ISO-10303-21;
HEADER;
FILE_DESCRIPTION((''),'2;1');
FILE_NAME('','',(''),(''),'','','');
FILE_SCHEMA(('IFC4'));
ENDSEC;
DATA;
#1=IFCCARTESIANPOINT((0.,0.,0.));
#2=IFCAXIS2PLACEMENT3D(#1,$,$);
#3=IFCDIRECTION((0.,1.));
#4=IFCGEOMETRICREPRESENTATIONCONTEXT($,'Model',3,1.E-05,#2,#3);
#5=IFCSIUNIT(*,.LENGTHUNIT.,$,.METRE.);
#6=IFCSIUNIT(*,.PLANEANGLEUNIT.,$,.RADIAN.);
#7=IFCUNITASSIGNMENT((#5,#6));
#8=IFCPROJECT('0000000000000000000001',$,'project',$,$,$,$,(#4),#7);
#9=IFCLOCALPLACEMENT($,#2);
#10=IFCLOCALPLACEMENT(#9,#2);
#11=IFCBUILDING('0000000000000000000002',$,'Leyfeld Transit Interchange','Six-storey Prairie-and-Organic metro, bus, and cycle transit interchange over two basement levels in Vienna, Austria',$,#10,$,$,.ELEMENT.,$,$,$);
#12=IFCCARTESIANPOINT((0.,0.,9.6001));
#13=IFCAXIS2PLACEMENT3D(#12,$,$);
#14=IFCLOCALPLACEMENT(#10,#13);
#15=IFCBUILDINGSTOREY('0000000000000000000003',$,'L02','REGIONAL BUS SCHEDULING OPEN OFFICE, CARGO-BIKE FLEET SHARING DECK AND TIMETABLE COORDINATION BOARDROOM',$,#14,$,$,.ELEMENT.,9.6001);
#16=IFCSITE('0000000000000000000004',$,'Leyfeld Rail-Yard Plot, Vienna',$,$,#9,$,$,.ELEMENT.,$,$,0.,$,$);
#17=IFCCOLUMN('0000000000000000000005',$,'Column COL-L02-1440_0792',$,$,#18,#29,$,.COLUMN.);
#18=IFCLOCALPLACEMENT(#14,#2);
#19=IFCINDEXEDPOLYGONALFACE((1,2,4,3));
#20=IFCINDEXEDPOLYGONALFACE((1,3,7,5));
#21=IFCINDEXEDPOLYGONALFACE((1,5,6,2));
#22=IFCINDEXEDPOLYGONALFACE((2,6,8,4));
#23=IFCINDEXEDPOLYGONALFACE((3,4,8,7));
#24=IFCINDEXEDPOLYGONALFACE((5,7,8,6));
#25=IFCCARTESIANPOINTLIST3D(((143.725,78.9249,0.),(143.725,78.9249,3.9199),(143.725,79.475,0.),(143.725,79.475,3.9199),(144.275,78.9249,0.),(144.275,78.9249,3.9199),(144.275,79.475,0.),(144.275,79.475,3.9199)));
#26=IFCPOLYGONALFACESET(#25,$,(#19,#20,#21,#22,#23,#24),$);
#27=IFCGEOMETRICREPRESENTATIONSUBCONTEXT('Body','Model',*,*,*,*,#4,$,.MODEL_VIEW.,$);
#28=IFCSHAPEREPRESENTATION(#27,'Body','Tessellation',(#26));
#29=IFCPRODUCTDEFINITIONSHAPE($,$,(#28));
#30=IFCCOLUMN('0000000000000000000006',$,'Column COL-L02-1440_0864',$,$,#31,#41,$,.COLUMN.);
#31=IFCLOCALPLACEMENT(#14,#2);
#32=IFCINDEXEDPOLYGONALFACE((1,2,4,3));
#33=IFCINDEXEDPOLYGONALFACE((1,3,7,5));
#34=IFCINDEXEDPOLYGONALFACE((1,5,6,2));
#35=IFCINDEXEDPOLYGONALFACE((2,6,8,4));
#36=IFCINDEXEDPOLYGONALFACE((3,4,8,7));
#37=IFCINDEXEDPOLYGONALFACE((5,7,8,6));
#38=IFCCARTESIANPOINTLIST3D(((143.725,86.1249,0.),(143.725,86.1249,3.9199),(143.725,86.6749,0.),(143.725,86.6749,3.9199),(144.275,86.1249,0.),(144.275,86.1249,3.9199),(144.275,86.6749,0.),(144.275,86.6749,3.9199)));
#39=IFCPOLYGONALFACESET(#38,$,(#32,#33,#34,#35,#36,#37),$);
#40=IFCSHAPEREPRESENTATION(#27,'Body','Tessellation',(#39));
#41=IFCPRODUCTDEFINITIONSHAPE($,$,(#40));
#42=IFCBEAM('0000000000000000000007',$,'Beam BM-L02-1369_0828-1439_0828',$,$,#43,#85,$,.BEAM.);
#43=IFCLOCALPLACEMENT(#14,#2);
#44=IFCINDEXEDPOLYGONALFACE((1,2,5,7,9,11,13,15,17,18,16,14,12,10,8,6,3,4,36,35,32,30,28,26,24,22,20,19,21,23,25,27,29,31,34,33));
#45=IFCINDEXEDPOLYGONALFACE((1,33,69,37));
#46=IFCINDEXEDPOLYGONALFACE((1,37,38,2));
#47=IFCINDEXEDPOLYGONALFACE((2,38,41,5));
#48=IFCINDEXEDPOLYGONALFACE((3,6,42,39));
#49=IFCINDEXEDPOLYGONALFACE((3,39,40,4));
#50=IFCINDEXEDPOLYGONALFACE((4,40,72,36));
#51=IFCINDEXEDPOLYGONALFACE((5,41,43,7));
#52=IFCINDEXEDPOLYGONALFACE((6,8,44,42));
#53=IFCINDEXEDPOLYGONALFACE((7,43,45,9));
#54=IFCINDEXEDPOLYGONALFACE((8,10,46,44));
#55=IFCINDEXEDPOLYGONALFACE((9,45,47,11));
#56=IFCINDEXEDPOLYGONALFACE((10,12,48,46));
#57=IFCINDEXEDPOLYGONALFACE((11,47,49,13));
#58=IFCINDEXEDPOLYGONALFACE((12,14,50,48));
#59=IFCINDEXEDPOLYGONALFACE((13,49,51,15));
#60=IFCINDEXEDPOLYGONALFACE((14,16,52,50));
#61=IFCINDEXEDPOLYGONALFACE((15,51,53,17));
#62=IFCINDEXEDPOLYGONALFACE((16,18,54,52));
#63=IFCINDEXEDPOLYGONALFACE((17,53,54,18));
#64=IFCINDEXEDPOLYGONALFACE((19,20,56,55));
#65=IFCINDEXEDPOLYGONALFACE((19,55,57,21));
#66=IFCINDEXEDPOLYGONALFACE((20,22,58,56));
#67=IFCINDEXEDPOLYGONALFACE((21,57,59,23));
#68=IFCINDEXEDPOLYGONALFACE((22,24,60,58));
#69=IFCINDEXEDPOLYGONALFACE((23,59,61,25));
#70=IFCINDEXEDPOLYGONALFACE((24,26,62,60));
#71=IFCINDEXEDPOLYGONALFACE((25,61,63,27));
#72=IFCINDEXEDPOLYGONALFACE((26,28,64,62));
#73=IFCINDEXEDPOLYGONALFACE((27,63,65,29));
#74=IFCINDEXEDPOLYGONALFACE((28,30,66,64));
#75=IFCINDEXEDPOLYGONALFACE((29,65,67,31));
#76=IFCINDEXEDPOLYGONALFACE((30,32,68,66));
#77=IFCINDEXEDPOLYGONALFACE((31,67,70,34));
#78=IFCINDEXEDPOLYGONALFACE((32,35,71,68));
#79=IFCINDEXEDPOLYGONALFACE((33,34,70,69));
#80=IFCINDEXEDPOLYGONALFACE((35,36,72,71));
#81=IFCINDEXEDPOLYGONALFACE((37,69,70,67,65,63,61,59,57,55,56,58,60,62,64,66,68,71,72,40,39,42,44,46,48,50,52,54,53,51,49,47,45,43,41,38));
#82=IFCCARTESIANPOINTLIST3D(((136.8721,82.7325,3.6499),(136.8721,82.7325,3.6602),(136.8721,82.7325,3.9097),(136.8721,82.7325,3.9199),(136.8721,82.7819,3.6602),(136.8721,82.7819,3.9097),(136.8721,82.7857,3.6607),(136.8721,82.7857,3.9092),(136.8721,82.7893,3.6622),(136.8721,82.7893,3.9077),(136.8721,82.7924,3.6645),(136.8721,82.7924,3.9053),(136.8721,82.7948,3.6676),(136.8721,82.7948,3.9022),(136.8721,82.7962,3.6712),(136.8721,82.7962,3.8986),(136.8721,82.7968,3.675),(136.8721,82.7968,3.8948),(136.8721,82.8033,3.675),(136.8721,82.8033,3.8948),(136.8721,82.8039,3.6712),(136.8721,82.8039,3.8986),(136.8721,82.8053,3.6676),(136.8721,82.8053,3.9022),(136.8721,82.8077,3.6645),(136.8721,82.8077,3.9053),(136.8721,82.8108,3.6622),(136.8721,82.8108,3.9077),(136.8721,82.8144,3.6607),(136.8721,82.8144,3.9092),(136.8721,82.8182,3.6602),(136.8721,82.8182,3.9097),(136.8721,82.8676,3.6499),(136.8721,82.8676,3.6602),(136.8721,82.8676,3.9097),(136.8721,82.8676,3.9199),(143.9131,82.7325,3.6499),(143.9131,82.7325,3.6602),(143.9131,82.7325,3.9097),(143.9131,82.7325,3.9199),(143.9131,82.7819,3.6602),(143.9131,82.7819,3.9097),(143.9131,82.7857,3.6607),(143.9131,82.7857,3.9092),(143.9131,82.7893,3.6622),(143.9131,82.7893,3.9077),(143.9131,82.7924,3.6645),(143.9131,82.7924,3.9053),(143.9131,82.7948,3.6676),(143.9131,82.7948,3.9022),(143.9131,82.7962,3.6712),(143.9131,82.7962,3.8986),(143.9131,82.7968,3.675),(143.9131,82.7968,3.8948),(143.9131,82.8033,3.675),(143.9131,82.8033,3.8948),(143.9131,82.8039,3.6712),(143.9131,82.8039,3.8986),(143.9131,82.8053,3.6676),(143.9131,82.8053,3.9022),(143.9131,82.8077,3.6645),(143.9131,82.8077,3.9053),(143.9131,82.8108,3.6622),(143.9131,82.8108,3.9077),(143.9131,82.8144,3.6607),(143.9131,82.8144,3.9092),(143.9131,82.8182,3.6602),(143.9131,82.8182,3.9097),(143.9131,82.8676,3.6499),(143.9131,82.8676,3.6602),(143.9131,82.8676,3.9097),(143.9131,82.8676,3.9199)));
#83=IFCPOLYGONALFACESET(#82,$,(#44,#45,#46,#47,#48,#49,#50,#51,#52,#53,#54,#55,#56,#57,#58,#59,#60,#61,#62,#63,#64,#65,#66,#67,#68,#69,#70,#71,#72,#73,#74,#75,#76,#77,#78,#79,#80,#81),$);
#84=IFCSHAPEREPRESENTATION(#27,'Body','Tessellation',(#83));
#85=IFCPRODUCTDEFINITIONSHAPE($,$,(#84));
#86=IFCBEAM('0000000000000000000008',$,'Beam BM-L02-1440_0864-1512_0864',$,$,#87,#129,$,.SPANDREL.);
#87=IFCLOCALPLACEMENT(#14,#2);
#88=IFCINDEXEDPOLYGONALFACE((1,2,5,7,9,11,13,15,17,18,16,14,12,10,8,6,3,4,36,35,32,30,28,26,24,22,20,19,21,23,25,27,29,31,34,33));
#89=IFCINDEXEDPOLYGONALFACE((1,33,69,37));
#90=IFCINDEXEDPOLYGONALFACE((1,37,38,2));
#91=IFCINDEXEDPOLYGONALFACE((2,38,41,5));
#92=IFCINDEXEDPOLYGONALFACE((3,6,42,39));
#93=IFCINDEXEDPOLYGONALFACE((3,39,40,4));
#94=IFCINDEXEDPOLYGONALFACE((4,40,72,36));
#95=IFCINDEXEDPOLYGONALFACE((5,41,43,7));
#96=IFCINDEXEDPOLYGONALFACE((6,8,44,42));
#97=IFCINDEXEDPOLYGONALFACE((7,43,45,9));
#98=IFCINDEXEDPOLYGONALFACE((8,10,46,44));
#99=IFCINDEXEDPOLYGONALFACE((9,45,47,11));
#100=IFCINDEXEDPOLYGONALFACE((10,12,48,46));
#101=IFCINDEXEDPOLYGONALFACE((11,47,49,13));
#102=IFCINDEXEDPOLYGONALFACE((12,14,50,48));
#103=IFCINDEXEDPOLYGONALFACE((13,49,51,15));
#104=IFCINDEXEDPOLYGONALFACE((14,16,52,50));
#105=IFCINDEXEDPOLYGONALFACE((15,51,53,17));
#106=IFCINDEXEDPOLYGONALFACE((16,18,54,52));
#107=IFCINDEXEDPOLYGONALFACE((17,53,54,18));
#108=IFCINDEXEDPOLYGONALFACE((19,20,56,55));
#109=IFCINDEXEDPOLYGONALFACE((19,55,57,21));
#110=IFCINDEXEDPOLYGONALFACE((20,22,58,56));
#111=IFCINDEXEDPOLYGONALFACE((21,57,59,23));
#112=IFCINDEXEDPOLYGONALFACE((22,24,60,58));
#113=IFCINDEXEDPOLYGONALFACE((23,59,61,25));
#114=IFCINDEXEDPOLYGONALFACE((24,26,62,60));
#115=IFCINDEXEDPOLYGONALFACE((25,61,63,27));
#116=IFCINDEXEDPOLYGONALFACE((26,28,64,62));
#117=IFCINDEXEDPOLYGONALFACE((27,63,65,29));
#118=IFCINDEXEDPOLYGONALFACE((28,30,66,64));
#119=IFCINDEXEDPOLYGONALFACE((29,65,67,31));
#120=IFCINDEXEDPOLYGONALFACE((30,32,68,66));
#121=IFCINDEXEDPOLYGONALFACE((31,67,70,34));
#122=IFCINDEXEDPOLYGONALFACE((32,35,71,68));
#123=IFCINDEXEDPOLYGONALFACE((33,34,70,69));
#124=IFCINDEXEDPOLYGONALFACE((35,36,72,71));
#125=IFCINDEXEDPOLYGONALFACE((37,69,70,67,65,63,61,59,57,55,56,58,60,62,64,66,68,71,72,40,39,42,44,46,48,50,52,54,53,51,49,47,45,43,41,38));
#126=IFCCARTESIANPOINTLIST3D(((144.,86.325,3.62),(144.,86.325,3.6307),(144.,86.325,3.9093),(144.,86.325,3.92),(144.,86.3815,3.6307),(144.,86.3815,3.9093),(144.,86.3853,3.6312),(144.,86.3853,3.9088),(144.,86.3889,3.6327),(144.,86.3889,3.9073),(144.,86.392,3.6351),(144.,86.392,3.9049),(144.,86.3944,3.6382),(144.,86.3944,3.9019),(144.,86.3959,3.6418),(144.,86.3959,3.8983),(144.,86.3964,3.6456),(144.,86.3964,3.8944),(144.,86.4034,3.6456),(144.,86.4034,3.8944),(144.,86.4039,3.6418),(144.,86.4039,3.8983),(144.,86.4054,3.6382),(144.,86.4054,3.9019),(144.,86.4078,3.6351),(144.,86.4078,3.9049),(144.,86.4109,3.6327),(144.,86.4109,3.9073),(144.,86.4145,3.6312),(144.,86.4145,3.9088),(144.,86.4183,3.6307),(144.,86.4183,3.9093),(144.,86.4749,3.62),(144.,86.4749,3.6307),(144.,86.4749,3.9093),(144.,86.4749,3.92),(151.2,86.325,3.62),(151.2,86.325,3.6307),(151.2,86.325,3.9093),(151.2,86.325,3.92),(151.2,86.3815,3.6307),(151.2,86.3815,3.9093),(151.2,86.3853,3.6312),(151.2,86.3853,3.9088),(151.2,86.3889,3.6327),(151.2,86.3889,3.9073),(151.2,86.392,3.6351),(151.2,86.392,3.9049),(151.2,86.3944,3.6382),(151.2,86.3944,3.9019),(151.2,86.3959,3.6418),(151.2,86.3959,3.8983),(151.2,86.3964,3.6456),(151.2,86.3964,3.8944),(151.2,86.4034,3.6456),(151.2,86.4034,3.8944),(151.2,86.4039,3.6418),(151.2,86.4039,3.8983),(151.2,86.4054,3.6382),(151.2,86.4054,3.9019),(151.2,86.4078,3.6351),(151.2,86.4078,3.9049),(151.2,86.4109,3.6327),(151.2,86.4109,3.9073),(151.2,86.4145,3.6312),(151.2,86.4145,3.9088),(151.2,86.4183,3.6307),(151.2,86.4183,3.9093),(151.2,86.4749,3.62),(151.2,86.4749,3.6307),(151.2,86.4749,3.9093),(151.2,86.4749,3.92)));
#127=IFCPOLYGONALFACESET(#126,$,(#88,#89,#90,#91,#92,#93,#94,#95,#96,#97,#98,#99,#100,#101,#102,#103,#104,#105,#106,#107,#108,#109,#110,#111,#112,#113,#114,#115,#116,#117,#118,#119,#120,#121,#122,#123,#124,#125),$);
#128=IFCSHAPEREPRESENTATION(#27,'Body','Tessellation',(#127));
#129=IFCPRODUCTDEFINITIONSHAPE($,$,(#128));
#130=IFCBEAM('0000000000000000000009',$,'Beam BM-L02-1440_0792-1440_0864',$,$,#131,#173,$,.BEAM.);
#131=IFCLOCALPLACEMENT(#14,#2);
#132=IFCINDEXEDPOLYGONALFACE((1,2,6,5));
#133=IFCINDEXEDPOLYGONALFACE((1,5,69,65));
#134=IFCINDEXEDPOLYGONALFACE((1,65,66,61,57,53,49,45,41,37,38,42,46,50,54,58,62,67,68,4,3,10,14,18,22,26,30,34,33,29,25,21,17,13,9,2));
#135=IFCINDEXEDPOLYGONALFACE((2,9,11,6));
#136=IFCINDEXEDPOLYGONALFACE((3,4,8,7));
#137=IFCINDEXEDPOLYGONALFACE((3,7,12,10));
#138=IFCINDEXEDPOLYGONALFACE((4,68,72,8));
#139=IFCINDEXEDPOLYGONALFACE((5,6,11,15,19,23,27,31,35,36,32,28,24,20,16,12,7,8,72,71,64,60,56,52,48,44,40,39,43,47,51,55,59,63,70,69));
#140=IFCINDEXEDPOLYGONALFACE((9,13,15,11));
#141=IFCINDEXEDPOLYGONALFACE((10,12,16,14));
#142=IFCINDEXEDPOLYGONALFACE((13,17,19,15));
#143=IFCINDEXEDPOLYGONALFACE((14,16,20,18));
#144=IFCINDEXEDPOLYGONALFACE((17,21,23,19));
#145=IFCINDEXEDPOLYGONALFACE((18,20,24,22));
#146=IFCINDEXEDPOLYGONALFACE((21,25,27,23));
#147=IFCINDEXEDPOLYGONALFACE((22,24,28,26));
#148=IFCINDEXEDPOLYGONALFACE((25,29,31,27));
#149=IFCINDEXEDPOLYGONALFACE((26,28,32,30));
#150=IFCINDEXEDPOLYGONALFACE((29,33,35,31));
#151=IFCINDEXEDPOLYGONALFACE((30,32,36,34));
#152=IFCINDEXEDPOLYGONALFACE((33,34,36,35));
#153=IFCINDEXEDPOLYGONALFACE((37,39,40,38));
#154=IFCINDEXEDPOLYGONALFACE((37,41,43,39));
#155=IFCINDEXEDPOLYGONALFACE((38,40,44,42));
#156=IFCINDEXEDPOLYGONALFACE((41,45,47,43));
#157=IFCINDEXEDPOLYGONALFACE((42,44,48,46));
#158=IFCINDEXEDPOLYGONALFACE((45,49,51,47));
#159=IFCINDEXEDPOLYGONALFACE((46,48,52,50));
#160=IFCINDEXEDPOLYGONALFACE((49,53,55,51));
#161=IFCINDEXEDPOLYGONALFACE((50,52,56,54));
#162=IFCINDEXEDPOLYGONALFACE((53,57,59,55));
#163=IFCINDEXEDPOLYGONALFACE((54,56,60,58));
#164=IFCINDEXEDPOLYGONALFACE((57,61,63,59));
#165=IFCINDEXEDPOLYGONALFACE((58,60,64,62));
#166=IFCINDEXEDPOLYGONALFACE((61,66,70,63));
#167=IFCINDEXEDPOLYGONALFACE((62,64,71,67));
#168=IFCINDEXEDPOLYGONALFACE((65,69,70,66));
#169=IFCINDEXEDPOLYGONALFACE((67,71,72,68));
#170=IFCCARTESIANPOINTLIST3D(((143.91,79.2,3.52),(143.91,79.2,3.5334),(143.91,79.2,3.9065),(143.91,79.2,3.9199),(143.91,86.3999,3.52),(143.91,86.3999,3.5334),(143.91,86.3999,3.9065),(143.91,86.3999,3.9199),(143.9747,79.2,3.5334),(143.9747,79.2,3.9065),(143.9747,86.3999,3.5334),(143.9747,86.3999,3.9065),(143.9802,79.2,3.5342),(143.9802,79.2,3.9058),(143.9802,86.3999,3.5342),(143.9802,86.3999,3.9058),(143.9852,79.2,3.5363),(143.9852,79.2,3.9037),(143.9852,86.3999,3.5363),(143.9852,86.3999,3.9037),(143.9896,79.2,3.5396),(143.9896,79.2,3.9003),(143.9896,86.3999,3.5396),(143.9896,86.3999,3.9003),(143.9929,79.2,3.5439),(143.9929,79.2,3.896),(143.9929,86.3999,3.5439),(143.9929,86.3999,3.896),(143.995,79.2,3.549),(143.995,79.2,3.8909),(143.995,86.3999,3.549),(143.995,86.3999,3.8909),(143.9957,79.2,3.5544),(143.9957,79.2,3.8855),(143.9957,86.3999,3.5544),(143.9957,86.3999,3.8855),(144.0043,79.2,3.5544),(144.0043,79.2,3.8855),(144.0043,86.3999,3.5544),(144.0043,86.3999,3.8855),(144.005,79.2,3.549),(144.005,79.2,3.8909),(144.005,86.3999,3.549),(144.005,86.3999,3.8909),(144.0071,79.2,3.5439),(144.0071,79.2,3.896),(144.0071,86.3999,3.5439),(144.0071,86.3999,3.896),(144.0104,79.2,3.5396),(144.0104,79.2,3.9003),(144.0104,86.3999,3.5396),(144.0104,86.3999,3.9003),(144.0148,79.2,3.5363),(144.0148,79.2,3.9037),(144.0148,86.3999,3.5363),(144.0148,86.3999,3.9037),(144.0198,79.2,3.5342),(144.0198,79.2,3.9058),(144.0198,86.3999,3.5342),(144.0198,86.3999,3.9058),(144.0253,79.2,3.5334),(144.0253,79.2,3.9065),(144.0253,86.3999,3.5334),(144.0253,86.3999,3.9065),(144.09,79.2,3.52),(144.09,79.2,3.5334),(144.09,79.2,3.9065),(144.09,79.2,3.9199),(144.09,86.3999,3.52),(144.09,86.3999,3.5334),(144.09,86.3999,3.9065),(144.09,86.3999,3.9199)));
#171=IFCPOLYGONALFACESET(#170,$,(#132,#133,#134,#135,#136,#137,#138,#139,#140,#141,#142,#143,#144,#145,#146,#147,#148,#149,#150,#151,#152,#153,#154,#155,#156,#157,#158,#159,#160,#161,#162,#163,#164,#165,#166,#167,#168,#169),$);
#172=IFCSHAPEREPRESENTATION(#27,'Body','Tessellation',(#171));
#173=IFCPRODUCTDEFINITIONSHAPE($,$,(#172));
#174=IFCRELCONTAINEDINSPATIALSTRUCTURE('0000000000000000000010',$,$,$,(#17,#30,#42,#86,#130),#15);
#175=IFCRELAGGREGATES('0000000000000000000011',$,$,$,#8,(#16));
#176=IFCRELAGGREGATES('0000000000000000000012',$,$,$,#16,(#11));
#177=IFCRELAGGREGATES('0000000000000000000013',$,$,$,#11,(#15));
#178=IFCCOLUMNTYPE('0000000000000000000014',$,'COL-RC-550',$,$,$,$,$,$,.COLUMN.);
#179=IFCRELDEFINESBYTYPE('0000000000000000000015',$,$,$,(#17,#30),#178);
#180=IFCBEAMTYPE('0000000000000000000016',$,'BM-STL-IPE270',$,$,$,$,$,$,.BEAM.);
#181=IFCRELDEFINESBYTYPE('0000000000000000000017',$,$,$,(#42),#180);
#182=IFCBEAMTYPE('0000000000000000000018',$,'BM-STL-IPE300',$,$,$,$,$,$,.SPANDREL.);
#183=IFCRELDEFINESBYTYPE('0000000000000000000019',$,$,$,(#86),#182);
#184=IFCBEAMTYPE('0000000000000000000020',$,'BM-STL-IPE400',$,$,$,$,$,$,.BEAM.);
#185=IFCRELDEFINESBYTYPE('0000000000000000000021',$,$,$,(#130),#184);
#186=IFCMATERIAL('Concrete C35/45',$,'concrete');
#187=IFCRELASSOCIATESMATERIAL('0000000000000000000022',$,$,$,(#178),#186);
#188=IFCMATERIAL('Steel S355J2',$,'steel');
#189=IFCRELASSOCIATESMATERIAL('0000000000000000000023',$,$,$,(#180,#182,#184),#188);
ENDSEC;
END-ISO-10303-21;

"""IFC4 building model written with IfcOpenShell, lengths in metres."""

from ifc_helpers import new_model, si_unit, direction, frame, origin, origin_2d, place, context, subcontext, project, spatial, rectangle, i_section, extrude, material, material_profile, profile_set, type_object, element, save


model = new_model("IFC4")

# Units and contexts
model_context = context("Model", 3, precision=1e-05, world=origin(), true_north=direction((0.0, 1.0)))
body_context = subcontext(model_context, "Body", "Model", "MODEL_VIEW")
ifc_project = project(units=[si_unit("LENGTHUNIT", "METRE"), si_unit("PLANEANGLEUNIT", "RADIAN")], contexts=[model_context])

# Site, building, storey
site_placement = place(None, origin())
site = spatial("IfcSite", under=ifc_project, at=site_placement, Name="Leyfeld Rail-Yard Plot, Vienna", CompositionType="ELEMENT", RefElevation=0.0)
building_placement = place(site_placement, origin())
building = spatial("IfcBuilding", under=site, at=building_placement, Name="Leyfeld Transit Interchange", Description="Six-storey Prairie-and-Organic metro, bus, and cycle transit interchange over two basement levels in Vienna, Austria", CompositionType="ELEMENT")
storey_placement = place(building_placement, frame((0.0, 0.0, 9.6001)))
storey = spatial("IfcBuildingStorey", under=building, at=storey_placement, Name="L02", Description="REGIONAL BUS SCHEDULING OPEN OFFICE, CARGO-BIKE FLEET SHARING DECK AND TIMETABLE COORDINATION BOARDROOM", CompositionType="ELEMENT", Elevation=9.6001)

# Columns
ifc_material_1 = material(Name="Concrete C35/45", Category="concrete")
ifc_material_profile_1 = material_profile(ifc_material_1, rectangle(XDim=0.55, YDim=0.55, at=origin_2d()), Name="RC 550x550")
ifc_profile_set_1 = profile_set([ifc_material_profile_1], Name="Concrete C35/45")
column_type = type_object("IfcColumnType", Name="COL-RC-550", PredefinedType="COLUMN", material=ifc_profile_set_1)
for number, where, z_axis, x_axis, name in (
    (1, (144.0, 79.2, 0.0), (0.0, 0.0, 1.0), (1.0, 0.0, 0.0), "Column COL-L02-1440_0792"),
    (2, (144.0, 86.3999, 0.0), (0.0, 0.0, 1.0), (1.0, 0.0, 0.0), "Column COL-L02-1440_0864"),
):
    element("IfcColumn", number, at=place(storey_placement, frame(where, z_axis=z_axis, x_axis=x_axis)), inside=storey, type_object=column_type, Name=name, PredefinedType="COLUMN", context=body_context, shape_type="SweptSolid", body=[
        extrude(rectangle(XDim=0.55, YDim=0.55, at=origin_2d()), origin(), (0.0, 0.0, 1.0), 3.9199),
    ])

# Beams
ifc_material_2 = material(Name="Steel S355J2", Category="steel")
ifc_material_profile_2 = material_profile(ifc_material_2, i_section(OverallWidth=0.135, OverallDepth=0.27, WebThickness=0.0066, FlangeThickness=0.0103, FilletRadius=0.0149, at=origin_2d()), Name="IPE 270")
ifc_profile_set_2 = profile_set([ifc_material_profile_2], Name="Steel S355J2")
beam_type_1 = type_object("IfcBeamType", Name="BM-STL-IPE270", PredefinedType="BEAM", material=ifc_profile_set_2)
beam_1_placement = place(storey_placement, frame((136.8721, 82.8, 3.7849), z_axis=(1.0, 0.0, 0.0), x_axis=(0.0, 1.0, 0.0)))
element("IfcBeam", 3, at=beam_1_placement, inside=storey, type_object=beam_type_1, Name="Beam BM-L02-1369_0828-1439_0828", PredefinedType="BEAM", context=body_context, shape_type="SweptSolid", body=[
    extrude(i_section(OverallWidth=0.135, OverallDepth=0.27, WebThickness=0.0066, FlangeThickness=0.0103, FilletRadius=0.0149, at=origin_2d()), origin(), (0.0, 0.0, 1.0), 7.041),
])
ifc_material_profile_3 = material_profile(ifc_material_2, i_section(OverallWidth=0.1499, OverallDepth=0.3, WebThickness=0.0071, FlangeThickness=0.0107, FilletRadius=0.0149, at=origin_2d()), Name="IPE 300")
ifc_profile_set_3 = profile_set([ifc_material_profile_3], Name="Steel S355J2")
beam_type_2 = type_object("IfcBeamType", Name="BM-STL-IPE300", PredefinedType="SPANDREL", material=ifc_profile_set_3)
beam_2_placement = place(storey_placement, frame((144.0, 86.3999, 3.77), z_axis=(1.0, 0.0, 0.0), x_axis=(0.0, 1.0, 0.0)))
element("IfcBeam", 4, at=beam_2_placement, inside=storey, type_object=beam_type_2, Name="Beam BM-L02-1440_0864-1512_0864", PredefinedType="SPANDREL", context=body_context, shape_type="SweptSolid", body=[
    extrude(i_section(OverallWidth=0.1499, OverallDepth=0.3, WebThickness=0.0071, FlangeThickness=0.0107, FilletRadius=0.0149, at=origin_2d()), origin(), (0.0, 0.0, 1.0), 7.2),
])
ifc_material_profile_4 = material_profile(ifc_material_2, i_section(OverallWidth=0.1799, OverallDepth=0.3999, WebThickness=0.0085, FlangeThickness=0.0134, FilletRadius=0.021, at=origin_2d()), Name="IPE 400")
ifc_profile_set_4 = profile_set([ifc_material_profile_4], Name="Steel S355J2")
beam_type_3 = type_object("IfcBeamType", Name="BM-STL-IPE400", PredefinedType="BEAM", material=ifc_profile_set_4)
beam_3_placement = place(storey_placement, frame((144.0, 79.2, 3.72), z_axis=(0.0, 1.0, 0.0), x_axis=(-1.0, 0.0, 0.0)))
element("IfcBeam", 5, at=beam_3_placement, inside=storey, type_object=beam_type_3, Name="Beam BM-L02-1440_0792-1440_0864", PredefinedType="BEAM", context=body_context, shape_type="SweptSolid", body=[
    extrude(i_section(OverallWidth=0.1799, OverallDepth=0.3999, WebThickness=0.0085, FlangeThickness=0.0134, FilletRadius=0.021, at=origin_2d()), origin(), (0.0, 0.0, 1.0), 7.2),
])

save(model, "model.ifc")
